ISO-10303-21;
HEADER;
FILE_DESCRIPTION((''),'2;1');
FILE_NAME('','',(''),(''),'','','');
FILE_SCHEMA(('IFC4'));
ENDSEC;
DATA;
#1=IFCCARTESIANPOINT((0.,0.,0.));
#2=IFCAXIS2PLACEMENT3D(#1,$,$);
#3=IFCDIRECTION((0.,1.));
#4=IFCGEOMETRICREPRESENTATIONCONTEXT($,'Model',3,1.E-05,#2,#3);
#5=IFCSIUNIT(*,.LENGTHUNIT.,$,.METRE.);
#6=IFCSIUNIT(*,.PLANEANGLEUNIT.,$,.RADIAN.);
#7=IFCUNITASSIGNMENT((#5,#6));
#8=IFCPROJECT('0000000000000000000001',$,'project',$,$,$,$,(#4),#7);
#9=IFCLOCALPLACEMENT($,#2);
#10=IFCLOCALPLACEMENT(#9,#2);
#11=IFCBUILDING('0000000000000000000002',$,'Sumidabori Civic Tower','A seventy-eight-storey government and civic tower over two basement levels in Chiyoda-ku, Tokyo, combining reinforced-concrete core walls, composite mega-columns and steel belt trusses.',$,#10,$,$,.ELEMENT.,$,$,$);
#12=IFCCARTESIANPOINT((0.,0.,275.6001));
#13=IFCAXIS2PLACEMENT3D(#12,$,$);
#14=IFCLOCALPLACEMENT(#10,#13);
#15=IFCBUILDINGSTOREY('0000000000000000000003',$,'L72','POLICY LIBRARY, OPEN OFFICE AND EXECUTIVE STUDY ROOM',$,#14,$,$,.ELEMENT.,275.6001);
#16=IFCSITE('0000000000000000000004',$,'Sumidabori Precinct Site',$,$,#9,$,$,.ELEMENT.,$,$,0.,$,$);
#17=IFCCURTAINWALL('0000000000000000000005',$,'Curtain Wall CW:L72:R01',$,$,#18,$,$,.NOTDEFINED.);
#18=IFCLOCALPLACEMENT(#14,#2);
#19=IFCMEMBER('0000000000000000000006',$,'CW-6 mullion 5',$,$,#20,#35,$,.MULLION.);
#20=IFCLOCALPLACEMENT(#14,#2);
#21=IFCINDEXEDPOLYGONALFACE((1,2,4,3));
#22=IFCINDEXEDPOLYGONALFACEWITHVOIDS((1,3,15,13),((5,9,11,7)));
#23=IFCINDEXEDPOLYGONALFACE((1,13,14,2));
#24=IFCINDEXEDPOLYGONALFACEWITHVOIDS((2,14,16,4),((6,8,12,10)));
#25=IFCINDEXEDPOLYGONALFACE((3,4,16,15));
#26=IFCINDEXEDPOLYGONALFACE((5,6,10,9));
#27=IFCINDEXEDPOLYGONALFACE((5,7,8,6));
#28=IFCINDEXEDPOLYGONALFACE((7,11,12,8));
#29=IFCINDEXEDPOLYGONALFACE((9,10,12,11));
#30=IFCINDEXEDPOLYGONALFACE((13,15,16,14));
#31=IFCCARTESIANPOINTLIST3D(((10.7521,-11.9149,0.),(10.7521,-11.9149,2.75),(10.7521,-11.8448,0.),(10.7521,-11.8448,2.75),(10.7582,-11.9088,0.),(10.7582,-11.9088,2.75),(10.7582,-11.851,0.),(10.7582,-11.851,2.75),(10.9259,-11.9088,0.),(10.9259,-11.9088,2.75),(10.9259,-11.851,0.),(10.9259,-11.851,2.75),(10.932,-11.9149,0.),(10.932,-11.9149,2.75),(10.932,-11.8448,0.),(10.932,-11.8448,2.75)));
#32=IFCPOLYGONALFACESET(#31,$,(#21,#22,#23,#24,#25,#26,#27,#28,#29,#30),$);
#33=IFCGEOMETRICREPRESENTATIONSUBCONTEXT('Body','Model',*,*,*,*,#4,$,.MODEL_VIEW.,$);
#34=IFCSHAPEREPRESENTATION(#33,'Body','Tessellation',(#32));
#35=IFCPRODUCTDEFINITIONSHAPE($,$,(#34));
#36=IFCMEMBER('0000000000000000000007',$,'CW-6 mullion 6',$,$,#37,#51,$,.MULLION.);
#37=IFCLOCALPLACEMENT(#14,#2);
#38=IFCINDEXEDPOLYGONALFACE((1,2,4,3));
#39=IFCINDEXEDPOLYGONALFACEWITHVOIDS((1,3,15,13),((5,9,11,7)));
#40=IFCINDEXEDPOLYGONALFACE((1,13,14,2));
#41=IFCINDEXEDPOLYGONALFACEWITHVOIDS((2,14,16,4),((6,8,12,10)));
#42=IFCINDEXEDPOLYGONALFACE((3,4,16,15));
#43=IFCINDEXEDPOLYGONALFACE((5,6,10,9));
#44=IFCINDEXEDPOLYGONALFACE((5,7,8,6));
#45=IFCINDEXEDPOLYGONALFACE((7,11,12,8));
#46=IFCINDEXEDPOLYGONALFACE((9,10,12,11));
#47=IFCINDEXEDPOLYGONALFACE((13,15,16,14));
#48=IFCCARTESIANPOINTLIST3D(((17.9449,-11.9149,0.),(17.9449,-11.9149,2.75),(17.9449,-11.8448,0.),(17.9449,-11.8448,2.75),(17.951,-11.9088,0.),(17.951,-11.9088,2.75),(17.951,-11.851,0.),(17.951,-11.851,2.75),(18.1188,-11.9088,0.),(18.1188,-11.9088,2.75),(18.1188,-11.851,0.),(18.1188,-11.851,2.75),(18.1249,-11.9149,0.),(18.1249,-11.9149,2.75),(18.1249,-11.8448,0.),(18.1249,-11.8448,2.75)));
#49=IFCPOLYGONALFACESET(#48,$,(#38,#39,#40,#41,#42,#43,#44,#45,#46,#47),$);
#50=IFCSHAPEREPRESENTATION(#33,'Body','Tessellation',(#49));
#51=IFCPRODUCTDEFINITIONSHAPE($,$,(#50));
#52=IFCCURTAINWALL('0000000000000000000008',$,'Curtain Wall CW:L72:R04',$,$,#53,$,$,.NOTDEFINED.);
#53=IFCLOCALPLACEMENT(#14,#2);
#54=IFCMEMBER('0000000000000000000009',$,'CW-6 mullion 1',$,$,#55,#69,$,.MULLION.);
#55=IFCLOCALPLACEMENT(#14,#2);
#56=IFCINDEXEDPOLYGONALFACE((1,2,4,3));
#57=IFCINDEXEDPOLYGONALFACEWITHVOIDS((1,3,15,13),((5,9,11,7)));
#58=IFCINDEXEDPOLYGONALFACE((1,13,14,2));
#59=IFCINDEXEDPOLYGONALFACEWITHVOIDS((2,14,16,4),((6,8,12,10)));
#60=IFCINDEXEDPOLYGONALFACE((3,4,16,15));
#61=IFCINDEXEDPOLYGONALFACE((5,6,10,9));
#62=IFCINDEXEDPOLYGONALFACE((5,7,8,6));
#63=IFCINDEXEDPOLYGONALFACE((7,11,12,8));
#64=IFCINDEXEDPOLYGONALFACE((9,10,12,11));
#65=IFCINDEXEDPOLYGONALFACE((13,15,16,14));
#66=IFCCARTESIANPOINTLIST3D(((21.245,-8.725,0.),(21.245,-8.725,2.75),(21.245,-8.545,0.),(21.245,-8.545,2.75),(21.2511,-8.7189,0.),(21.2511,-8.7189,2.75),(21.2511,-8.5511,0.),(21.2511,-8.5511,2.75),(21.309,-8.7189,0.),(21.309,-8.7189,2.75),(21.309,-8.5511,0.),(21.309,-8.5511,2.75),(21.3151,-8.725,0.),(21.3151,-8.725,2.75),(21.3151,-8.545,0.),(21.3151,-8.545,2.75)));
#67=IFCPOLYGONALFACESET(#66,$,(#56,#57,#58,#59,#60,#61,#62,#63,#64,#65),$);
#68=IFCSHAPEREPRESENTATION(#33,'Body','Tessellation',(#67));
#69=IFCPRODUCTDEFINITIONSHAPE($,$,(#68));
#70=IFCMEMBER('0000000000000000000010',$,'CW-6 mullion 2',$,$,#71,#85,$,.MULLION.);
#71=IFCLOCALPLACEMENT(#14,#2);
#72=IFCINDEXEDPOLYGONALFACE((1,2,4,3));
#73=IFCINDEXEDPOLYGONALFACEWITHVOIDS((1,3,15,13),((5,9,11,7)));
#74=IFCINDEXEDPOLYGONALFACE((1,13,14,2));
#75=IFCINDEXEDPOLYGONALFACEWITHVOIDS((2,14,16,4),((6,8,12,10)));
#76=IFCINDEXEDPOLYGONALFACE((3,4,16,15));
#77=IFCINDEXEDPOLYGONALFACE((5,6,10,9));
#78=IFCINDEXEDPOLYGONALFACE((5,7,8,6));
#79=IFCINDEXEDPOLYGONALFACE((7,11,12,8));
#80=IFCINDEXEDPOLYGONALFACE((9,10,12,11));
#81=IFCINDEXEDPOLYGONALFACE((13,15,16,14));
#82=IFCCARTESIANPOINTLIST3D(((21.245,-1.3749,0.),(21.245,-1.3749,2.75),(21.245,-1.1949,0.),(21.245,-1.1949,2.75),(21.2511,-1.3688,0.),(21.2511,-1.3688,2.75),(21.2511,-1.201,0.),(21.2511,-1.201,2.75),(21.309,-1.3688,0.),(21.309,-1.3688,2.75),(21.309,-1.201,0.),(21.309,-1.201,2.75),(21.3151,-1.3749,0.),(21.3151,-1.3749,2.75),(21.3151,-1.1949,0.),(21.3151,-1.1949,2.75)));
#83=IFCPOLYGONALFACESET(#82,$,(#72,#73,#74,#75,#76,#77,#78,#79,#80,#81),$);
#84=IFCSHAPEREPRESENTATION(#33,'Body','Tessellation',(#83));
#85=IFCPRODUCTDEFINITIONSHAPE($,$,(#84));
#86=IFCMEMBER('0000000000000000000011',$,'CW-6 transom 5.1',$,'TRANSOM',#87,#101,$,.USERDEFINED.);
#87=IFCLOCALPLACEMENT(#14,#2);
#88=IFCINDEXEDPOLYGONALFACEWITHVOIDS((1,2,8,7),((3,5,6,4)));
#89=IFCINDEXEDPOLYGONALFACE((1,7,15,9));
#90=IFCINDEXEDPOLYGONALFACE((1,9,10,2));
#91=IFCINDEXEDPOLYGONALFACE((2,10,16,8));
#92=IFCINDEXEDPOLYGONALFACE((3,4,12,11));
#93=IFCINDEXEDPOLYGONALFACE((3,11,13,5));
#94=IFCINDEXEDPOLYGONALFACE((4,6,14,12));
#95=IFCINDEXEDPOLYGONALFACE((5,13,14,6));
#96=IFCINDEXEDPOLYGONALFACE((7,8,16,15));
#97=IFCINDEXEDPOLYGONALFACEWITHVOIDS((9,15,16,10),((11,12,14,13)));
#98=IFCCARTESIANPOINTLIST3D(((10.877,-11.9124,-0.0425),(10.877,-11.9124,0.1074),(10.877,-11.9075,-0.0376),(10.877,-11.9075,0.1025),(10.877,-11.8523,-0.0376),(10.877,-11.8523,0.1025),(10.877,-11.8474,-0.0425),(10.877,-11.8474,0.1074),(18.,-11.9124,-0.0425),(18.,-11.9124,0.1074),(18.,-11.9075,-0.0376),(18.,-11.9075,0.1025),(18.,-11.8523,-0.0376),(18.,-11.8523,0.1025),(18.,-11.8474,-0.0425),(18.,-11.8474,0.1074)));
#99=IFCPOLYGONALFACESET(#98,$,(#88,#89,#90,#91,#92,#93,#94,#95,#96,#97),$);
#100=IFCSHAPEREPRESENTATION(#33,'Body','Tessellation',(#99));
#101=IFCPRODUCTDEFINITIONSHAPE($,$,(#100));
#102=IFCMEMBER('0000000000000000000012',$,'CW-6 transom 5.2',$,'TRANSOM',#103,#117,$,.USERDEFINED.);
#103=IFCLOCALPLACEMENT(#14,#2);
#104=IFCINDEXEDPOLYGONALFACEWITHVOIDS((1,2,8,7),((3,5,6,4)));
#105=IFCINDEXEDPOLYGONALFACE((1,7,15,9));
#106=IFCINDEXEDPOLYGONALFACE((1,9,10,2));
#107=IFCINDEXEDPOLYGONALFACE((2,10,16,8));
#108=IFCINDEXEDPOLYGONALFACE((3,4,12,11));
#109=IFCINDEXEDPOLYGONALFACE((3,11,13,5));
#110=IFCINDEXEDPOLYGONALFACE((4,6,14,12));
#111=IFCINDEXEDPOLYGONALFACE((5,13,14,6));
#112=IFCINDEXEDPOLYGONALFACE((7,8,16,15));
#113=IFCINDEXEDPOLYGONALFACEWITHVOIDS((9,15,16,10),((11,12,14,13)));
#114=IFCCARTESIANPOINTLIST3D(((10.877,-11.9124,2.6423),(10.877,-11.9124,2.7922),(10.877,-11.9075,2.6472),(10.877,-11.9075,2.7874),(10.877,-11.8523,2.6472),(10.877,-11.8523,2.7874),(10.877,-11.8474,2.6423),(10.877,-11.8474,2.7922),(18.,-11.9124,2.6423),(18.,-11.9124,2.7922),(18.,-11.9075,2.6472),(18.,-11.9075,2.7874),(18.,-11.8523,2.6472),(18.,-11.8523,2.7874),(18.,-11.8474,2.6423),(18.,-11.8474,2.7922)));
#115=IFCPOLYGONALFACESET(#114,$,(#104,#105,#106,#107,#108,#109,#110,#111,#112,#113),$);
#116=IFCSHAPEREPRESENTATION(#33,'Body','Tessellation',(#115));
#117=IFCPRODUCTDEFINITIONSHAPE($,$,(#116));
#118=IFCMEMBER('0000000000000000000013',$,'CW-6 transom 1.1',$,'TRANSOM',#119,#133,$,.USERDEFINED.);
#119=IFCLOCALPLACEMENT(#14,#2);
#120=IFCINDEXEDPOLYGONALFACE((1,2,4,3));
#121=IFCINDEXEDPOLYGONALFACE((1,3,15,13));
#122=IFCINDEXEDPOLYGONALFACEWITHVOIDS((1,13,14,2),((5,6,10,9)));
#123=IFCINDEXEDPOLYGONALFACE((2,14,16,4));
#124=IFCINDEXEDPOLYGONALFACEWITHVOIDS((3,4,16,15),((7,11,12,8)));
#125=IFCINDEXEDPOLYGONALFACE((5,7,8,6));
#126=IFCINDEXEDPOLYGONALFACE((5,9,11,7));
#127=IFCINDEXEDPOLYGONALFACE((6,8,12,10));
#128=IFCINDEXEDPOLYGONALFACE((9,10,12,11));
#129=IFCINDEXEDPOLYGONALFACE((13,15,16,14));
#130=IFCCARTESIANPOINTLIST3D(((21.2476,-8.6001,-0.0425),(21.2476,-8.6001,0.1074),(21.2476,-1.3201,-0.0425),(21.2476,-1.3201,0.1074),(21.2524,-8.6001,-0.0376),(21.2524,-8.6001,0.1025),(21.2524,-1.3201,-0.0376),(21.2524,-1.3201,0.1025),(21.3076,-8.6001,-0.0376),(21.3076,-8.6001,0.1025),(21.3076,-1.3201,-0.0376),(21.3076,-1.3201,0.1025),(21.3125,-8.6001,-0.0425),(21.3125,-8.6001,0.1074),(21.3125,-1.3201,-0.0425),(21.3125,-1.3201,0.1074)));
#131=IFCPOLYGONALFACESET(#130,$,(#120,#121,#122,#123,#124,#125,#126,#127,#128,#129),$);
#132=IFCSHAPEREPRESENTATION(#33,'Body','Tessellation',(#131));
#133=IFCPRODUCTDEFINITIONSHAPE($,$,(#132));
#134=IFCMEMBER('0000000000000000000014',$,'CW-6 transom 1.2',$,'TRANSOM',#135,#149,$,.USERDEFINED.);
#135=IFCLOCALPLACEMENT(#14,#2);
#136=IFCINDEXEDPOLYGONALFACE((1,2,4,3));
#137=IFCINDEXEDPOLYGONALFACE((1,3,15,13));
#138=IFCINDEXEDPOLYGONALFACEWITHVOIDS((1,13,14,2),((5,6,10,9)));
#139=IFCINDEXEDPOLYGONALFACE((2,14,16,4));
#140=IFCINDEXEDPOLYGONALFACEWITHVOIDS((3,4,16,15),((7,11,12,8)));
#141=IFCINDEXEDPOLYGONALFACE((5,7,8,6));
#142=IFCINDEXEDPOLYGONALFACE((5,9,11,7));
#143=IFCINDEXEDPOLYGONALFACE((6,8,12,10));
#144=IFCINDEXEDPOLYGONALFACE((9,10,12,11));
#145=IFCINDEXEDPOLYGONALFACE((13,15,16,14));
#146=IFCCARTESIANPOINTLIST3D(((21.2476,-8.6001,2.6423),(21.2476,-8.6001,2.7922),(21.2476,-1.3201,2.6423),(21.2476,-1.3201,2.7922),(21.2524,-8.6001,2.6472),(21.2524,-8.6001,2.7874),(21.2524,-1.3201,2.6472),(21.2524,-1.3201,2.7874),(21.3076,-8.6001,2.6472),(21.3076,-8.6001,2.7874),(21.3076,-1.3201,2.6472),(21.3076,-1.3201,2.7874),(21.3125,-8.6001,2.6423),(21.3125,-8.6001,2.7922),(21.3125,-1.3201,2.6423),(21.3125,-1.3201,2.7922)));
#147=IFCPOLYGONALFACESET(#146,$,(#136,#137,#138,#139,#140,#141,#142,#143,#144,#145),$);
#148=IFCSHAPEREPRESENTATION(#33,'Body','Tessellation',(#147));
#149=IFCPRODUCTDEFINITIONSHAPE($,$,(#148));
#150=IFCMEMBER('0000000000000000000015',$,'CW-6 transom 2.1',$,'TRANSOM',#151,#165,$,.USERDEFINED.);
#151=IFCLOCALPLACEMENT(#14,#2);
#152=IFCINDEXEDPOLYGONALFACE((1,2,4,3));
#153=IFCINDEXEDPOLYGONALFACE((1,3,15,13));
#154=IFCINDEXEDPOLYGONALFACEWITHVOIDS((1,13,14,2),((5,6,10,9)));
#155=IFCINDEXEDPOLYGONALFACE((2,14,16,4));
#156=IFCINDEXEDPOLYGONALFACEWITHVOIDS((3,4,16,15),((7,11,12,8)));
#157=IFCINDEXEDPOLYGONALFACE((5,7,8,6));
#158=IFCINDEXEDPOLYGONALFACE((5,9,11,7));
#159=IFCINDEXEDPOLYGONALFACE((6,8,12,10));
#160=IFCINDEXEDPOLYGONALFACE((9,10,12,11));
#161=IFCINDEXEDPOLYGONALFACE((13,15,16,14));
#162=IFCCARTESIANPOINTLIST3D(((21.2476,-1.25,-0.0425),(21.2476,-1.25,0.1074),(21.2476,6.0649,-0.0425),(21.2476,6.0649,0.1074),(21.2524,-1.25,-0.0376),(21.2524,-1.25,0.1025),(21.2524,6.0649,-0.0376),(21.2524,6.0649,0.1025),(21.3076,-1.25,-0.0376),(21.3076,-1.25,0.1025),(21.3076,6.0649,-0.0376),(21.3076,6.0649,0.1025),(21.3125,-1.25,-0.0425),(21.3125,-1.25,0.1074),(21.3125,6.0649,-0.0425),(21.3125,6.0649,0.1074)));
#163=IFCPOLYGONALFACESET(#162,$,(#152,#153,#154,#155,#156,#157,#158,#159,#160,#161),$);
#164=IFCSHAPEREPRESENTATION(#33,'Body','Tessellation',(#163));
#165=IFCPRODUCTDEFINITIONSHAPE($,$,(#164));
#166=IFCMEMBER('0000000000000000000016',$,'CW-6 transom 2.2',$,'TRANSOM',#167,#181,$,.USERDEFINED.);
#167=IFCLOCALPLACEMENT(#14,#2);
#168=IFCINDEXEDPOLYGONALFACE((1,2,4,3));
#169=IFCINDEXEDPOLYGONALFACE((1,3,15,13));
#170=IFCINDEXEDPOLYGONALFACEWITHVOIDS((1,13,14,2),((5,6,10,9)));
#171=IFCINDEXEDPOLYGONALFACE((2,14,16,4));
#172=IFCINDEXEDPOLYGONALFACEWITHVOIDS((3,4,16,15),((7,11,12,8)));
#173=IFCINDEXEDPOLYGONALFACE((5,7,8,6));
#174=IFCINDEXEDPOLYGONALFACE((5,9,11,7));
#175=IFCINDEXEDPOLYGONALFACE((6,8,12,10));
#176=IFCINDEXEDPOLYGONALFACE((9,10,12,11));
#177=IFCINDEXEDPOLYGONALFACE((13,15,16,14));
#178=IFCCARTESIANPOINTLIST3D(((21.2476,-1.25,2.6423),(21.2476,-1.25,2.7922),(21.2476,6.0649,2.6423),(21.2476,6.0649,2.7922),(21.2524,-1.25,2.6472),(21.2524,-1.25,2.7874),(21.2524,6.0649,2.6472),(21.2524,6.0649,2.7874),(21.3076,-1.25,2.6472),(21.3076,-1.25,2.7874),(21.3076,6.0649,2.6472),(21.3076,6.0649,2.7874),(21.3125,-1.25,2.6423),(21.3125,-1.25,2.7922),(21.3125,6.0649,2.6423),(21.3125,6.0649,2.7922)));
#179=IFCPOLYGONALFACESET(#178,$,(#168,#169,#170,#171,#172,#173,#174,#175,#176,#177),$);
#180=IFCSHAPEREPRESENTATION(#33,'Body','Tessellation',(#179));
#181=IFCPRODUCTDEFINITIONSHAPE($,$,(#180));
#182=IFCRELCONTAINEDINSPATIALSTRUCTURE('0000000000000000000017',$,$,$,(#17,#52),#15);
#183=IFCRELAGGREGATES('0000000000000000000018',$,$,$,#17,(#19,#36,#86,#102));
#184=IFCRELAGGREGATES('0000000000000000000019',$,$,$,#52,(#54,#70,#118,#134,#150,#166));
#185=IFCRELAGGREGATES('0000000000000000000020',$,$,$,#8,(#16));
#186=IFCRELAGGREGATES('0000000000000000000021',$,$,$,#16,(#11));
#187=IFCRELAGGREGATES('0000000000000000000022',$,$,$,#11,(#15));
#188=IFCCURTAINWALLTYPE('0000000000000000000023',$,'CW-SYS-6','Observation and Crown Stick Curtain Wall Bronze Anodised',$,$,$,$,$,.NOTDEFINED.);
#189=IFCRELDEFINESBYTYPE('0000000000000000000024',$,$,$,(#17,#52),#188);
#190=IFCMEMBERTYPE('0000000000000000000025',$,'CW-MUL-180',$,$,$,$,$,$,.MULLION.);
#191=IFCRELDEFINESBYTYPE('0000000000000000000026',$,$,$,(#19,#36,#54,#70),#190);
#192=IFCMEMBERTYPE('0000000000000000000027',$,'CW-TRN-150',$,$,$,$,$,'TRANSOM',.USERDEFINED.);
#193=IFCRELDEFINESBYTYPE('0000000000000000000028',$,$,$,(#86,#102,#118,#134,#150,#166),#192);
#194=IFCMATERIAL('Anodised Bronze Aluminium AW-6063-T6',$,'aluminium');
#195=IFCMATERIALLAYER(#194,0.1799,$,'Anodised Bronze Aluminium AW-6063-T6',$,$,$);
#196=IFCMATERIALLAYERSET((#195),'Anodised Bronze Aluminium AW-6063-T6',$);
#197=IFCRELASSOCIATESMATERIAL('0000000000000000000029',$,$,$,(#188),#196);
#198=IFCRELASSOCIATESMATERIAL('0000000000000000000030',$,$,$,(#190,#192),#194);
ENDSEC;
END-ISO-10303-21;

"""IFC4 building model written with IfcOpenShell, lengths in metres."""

from ifc_helpers import new_model, si_unit, direction, frame, origin, origin_2d, place, context, subcontext, project, spatial, hollow_rectangle, extrude, source, transform, mapped, material, layer, layer_set, material_profile, profile_set, type_object, element, aggregate, save


model = new_model("IFC4")

# Units and contexts
model_context = context("Model", 3, precision=1e-05, world=origin(), true_north=direction((0.0, 1.0)))
body_context = subcontext(model_context, "Body", "Model", "MODEL_VIEW")
ifc_project = project(units=[si_unit("LENGTHUNIT", "METRE"), si_unit("PLANEANGLEUNIT", "RADIAN")], contexts=[model_context])

# Site, building, storey
site_placement = place(None, origin())
site = spatial("IfcSite", under=ifc_project, at=site_placement, Name="Sumidabori Precinct Site", CompositionType="ELEMENT", RefElevation=0.0)
building_placement = place(site_placement, origin())
building = spatial("IfcBuilding", under=site, at=building_placement, Name="Sumidabori Civic Tower", Description="A seventy-eight-storey government and civic tower over two basement levels in Chiyoda-ku, Tokyo, combining reinforced-concrete core walls, composite mega-columns and steel belt trusses.", CompositionType="ELEMENT")
storey_placement = place(building_placement, frame((0.0, 0.0, 275.6001)))
storey = spatial("IfcBuildingStorey", under=building, at=storey_placement, Name="L72", Description="POLICY LIBRARY, OPEN OFFICE AND EXECUTIVE STUDY ROOM", CompositionType="ELEMENT", Elevation=275.6001)

# Curtain walls, members
ifc_material_1 = material(Name="Anodised Bronze Aluminium AW-6063-T6", Category="aluminium")
ifc_layer_1 = layer(ifc_material_1, 0.1799, Name="Anodised Bronze Aluminium AW-6063-T6")
ifc_layer_set_1 = layer_set([ifc_layer_1], Name="Anodised Bronze Aluminium AW-6063-T6")
curtain_wall_type = type_object("IfcCurtainWallType", Name="CW-SYS-6", Description="Observation and Crown Stick Curtain Wall Bronze Anodised", PredefinedType="NOTDEFINED", material=ifc_layer_set_1)
curtain_wall_1_placement = place(storey_placement, origin())
curtain_wall_1 = element("IfcCurtainWall", 1, at=curtain_wall_1_placement, inside=storey, type_object=curtain_wall_type, Name="Curtain Wall CW:L72:R01", PredefinedType="NOTDEFINED")
ifc_material_profile_1 = material_profile(ifc_material_1, hollow_rectangle(XDim=0.0701, YDim=0.1799, WallThickness=0.0061, at=origin_2d()), Name="ALU MULLION 180x70")
ifc_profile_set_1 = profile_set([ifc_material_profile_1], Name="Anodised Bronze Aluminium AW-6063-T6")
member_type_1 = type_object("IfcMemberType", Name="CW-MUL-180", PredefinedType="MULLION", material=ifc_profile_set_1)
shared_shape_1 = source(origin(), body_context, "Body", "SweptSolid", [
    extrude(hollow_rectangle(XDim=0.0701, YDim=0.1799, WallThickness=0.0061, at=origin_2d()), origin(), (0.0, 0.0, 1.0), 2.75),
])
member_1_placement = place(storey_placement, frame((10.842, -11.8799, 0.0), z_axis=(0.0, 0.0, 1.0), x_axis=(0.0, 1.0, 0.0)))
member_1 = element("IfcMember", 2, at=member_1_placement, type_object=member_type_1, Name="CW-6 mullion 5", PredefinedType="MULLION", context=body_context, shape_type="MappedRepresentation", body=[
    mapped(shared_shape_1, transform((0.0, 0.0, 0.0), x_axis=(1.0, 0.0, 0.0), y_axis=(0.0, 1.0, 0.0), z_axis=(0.0, 0.0, 1.0), scale=1.0)),
])
member_2_placement = place(storey_placement, frame((18.0349, -11.8799, 0.0), z_axis=(0.0, 0.0, 1.0), x_axis=(0.0, 1.0, 0.0)))
member_2 = element("IfcMember", 3, at=member_2_placement, type_object=member_type_1, Name="CW-6 mullion 6", PredefinedType="MULLION", context=body_context, shape_type="MappedRepresentation", body=[
    mapped(shared_shape_1, transform((0.0, 0.0, 0.0), x_axis=(1.0, 0.0, 0.0), y_axis=(0.0, 1.0, 0.0), z_axis=(0.0, 0.0, 1.0), scale=1.0)),
])
curtain_wall_2_placement = place(storey_placement, origin())
curtain_wall_2 = element("IfcCurtainWall", 4, at=curtain_wall_2_placement, inside=storey, type_object=curtain_wall_type, Name="Curtain Wall CW:L72:R04", PredefinedType="NOTDEFINED")
member_3_placement = place(storey_placement, frame((21.28, -8.635, 0.0), z_axis=(0.0, 0.0, 1.0), x_axis=(-1.0, 0.0, 0.0)))
member_3 = element("IfcMember", 5, at=member_3_placement, type_object=member_type_1, Name="CW-6 mullion 1", PredefinedType="MULLION", context=body_context, shape_type="MappedRepresentation", body=[
    mapped(shared_shape_1, transform((0.0, 0.0, 0.0), x_axis=(1.0, 0.0, 0.0), y_axis=(0.0, 1.0, 0.0), z_axis=(0.0, 0.0, 1.0), scale=1.0)),
])
member_4_placement = place(storey_placement, frame((21.28, -1.2849, 0.0), z_axis=(0.0, 0.0, 1.0), x_axis=(-1.0, 0.0, 0.0)))
member_4 = element("IfcMember", 6, at=member_4_placement, type_object=member_type_1, Name="CW-6 mullion 2", PredefinedType="MULLION", context=body_context, shape_type="MappedRepresentation", body=[
    mapped(shared_shape_1, transform((0.0, 0.0, 0.0), x_axis=(1.0, 0.0, 0.0), y_axis=(0.0, 1.0, 0.0), z_axis=(0.0, 0.0, 1.0), scale=1.0)),
])

# Members
ifc_material_profile_2 = material_profile(ifc_material_1, hollow_rectangle(XDim=0.0649, YDim=0.1499, WallThickness=0.0049, at=origin_2d()), Name="ALU TRANSOM 150x65")
ifc_profile_set_2 = profile_set([ifc_material_profile_2], Name="Anodised Bronze Aluminium AW-6063-T6")
member_type_2 = type_object("IfcMemberType", Name="CW-TRN-150", ElementType="TRANSOM", PredefinedType="USERDEFINED", material=ifc_profile_set_2)
shared_shape_2 = source(origin(), body_context, "Body", "SweptSolid", [
    extrude(hollow_rectangle(XDim=0.0649, YDim=0.1499, WallThickness=0.0049, at=origin_2d()), origin(), (0.0, 0.0, 1.0), 7.123),
])
member_5_placement = place(storey_placement, frame((10.877, -11.8799, 0.0325), z_axis=(1.0, 0.0, 0.0), x_axis=(0.0, 1.0, 0.0)))
member_5 = element("IfcMember", 7, at=member_5_placement, type_object=member_type_2, Name="CW-6 transom 5.1", ObjectType="TRANSOM", PredefinedType="USERDEFINED", context=body_context, shape_type="MappedRepresentation", body=[
    mapped(shared_shape_2, transform((0.0, 0.0, 0.0), x_axis=(1.0, 0.0, 0.0), y_axis=(0.0, 1.0, 0.0), z_axis=(0.0, 0.0, 1.0), scale=1.0)),
])
member_6_placement = place(storey_placement, frame((10.877, -11.8799, 2.7173), z_axis=(1.0, 0.0, 0.0), x_axis=(0.0, 1.0, 0.0)))
member_6 = element("IfcMember", 8, at=member_6_placement, type_object=member_type_2, Name="CW-6 transom 5.2", ObjectType="TRANSOM", PredefinedType="USERDEFINED", context=body_context, shape_type="MappedRepresentation", body=[
    mapped(shared_shape_2, transform((0.0, 0.0, 0.0), x_axis=(1.0, 0.0, 0.0), y_axis=(0.0, 1.0, 0.0), z_axis=(0.0, 0.0, 1.0), scale=1.0)),
])
shared_shape_3 = source(origin(), body_context, "Body", "SweptSolid", [
    extrude(hollow_rectangle(XDim=0.0649, YDim=0.1499, WallThickness=0.0049, at=origin_2d()), origin(), (0.0, 0.0, 1.0), 7.28),
])
member_7_placement = place(storey_placement, frame((21.28, -8.6001, 0.0325), z_axis=(0.0, 1.0, 0.0), x_axis=(-1.0, 0.0, 0.0)))
member_7 = element("IfcMember", 9, at=member_7_placement, type_object=member_type_2, Name="CW-6 transom 1.1", ObjectType="TRANSOM", PredefinedType="USERDEFINED", context=body_context, shape_type="MappedRepresentation", body=[
    mapped(shared_shape_3, transform((0.0, 0.0, 0.0), x_axis=(1.0, 0.0, 0.0), y_axis=(0.0, 1.0, 0.0), z_axis=(0.0, 0.0, 1.0), scale=1.0)),
])
member_8_placement = place(storey_placement, frame((21.28, -8.6001, 2.7173), z_axis=(0.0, 1.0, 0.0), x_axis=(-1.0, 0.0, 0.0)))
member_8 = element("IfcMember", 10, at=member_8_placement, type_object=member_type_2, Name="CW-6 transom 1.2", ObjectType="TRANSOM", PredefinedType="USERDEFINED", context=body_context, shape_type="MappedRepresentation", body=[
    mapped(shared_shape_3, transform((0.0, 0.0, 0.0), x_axis=(1.0, 0.0, 0.0), y_axis=(0.0, 1.0, 0.0), z_axis=(0.0, 0.0, 1.0), scale=1.0)),
])
shared_shape_4 = source(origin(), body_context, "Body", "SweptSolid", [
    extrude(hollow_rectangle(XDim=0.0649, YDim=0.1499, WallThickness=0.0049, at=origin_2d()), origin(), (0.0, 0.0, 1.0), 7.3149),
])
member_9_placement = place(storey_placement, frame((21.28, -1.25, 0.0325), z_axis=(0.0, 1.0, 0.0), x_axis=(-1.0, 0.0, 0.0)))
member_9 = element("IfcMember", 11, at=member_9_placement, type_object=member_type_2, Name="CW-6 transom 2.1", ObjectType="TRANSOM", PredefinedType="USERDEFINED", context=body_context, shape_type="MappedRepresentation", body=[
    mapped(shared_shape_4, transform((0.0, 0.0, 0.0), x_axis=(1.0, 0.0, 0.0), y_axis=(0.0, 1.0, 0.0), z_axis=(0.0, 0.0, 1.0), scale=1.0)),
])
member_10_placement = place(storey_placement, frame((21.28, -1.25, 2.7173), z_axis=(0.0, 1.0, 0.0), x_axis=(-1.0, 0.0, 0.0)))
member_10 = element("IfcMember", 12, at=member_10_placement, type_object=member_type_2, Name="CW-6 transom 2.2", ObjectType="TRANSOM", PredefinedType="USERDEFINED", context=body_context, shape_type="MappedRepresentation", body=[
    mapped(shared_shape_4, transform((0.0, 0.0, 0.0), x_axis=(1.0, 0.0, 0.0), y_axis=(0.0, 1.0, 0.0), z_axis=(0.0, 0.0, 1.0), scale=1.0)),
])

aggregate(curtain_wall_1, [member_1, member_2, member_5, member_6])
aggregate(curtain_wall_2, [member_3, member_4, member_7, member_8, member_9, member_10])

save(model, "model.ifc")
